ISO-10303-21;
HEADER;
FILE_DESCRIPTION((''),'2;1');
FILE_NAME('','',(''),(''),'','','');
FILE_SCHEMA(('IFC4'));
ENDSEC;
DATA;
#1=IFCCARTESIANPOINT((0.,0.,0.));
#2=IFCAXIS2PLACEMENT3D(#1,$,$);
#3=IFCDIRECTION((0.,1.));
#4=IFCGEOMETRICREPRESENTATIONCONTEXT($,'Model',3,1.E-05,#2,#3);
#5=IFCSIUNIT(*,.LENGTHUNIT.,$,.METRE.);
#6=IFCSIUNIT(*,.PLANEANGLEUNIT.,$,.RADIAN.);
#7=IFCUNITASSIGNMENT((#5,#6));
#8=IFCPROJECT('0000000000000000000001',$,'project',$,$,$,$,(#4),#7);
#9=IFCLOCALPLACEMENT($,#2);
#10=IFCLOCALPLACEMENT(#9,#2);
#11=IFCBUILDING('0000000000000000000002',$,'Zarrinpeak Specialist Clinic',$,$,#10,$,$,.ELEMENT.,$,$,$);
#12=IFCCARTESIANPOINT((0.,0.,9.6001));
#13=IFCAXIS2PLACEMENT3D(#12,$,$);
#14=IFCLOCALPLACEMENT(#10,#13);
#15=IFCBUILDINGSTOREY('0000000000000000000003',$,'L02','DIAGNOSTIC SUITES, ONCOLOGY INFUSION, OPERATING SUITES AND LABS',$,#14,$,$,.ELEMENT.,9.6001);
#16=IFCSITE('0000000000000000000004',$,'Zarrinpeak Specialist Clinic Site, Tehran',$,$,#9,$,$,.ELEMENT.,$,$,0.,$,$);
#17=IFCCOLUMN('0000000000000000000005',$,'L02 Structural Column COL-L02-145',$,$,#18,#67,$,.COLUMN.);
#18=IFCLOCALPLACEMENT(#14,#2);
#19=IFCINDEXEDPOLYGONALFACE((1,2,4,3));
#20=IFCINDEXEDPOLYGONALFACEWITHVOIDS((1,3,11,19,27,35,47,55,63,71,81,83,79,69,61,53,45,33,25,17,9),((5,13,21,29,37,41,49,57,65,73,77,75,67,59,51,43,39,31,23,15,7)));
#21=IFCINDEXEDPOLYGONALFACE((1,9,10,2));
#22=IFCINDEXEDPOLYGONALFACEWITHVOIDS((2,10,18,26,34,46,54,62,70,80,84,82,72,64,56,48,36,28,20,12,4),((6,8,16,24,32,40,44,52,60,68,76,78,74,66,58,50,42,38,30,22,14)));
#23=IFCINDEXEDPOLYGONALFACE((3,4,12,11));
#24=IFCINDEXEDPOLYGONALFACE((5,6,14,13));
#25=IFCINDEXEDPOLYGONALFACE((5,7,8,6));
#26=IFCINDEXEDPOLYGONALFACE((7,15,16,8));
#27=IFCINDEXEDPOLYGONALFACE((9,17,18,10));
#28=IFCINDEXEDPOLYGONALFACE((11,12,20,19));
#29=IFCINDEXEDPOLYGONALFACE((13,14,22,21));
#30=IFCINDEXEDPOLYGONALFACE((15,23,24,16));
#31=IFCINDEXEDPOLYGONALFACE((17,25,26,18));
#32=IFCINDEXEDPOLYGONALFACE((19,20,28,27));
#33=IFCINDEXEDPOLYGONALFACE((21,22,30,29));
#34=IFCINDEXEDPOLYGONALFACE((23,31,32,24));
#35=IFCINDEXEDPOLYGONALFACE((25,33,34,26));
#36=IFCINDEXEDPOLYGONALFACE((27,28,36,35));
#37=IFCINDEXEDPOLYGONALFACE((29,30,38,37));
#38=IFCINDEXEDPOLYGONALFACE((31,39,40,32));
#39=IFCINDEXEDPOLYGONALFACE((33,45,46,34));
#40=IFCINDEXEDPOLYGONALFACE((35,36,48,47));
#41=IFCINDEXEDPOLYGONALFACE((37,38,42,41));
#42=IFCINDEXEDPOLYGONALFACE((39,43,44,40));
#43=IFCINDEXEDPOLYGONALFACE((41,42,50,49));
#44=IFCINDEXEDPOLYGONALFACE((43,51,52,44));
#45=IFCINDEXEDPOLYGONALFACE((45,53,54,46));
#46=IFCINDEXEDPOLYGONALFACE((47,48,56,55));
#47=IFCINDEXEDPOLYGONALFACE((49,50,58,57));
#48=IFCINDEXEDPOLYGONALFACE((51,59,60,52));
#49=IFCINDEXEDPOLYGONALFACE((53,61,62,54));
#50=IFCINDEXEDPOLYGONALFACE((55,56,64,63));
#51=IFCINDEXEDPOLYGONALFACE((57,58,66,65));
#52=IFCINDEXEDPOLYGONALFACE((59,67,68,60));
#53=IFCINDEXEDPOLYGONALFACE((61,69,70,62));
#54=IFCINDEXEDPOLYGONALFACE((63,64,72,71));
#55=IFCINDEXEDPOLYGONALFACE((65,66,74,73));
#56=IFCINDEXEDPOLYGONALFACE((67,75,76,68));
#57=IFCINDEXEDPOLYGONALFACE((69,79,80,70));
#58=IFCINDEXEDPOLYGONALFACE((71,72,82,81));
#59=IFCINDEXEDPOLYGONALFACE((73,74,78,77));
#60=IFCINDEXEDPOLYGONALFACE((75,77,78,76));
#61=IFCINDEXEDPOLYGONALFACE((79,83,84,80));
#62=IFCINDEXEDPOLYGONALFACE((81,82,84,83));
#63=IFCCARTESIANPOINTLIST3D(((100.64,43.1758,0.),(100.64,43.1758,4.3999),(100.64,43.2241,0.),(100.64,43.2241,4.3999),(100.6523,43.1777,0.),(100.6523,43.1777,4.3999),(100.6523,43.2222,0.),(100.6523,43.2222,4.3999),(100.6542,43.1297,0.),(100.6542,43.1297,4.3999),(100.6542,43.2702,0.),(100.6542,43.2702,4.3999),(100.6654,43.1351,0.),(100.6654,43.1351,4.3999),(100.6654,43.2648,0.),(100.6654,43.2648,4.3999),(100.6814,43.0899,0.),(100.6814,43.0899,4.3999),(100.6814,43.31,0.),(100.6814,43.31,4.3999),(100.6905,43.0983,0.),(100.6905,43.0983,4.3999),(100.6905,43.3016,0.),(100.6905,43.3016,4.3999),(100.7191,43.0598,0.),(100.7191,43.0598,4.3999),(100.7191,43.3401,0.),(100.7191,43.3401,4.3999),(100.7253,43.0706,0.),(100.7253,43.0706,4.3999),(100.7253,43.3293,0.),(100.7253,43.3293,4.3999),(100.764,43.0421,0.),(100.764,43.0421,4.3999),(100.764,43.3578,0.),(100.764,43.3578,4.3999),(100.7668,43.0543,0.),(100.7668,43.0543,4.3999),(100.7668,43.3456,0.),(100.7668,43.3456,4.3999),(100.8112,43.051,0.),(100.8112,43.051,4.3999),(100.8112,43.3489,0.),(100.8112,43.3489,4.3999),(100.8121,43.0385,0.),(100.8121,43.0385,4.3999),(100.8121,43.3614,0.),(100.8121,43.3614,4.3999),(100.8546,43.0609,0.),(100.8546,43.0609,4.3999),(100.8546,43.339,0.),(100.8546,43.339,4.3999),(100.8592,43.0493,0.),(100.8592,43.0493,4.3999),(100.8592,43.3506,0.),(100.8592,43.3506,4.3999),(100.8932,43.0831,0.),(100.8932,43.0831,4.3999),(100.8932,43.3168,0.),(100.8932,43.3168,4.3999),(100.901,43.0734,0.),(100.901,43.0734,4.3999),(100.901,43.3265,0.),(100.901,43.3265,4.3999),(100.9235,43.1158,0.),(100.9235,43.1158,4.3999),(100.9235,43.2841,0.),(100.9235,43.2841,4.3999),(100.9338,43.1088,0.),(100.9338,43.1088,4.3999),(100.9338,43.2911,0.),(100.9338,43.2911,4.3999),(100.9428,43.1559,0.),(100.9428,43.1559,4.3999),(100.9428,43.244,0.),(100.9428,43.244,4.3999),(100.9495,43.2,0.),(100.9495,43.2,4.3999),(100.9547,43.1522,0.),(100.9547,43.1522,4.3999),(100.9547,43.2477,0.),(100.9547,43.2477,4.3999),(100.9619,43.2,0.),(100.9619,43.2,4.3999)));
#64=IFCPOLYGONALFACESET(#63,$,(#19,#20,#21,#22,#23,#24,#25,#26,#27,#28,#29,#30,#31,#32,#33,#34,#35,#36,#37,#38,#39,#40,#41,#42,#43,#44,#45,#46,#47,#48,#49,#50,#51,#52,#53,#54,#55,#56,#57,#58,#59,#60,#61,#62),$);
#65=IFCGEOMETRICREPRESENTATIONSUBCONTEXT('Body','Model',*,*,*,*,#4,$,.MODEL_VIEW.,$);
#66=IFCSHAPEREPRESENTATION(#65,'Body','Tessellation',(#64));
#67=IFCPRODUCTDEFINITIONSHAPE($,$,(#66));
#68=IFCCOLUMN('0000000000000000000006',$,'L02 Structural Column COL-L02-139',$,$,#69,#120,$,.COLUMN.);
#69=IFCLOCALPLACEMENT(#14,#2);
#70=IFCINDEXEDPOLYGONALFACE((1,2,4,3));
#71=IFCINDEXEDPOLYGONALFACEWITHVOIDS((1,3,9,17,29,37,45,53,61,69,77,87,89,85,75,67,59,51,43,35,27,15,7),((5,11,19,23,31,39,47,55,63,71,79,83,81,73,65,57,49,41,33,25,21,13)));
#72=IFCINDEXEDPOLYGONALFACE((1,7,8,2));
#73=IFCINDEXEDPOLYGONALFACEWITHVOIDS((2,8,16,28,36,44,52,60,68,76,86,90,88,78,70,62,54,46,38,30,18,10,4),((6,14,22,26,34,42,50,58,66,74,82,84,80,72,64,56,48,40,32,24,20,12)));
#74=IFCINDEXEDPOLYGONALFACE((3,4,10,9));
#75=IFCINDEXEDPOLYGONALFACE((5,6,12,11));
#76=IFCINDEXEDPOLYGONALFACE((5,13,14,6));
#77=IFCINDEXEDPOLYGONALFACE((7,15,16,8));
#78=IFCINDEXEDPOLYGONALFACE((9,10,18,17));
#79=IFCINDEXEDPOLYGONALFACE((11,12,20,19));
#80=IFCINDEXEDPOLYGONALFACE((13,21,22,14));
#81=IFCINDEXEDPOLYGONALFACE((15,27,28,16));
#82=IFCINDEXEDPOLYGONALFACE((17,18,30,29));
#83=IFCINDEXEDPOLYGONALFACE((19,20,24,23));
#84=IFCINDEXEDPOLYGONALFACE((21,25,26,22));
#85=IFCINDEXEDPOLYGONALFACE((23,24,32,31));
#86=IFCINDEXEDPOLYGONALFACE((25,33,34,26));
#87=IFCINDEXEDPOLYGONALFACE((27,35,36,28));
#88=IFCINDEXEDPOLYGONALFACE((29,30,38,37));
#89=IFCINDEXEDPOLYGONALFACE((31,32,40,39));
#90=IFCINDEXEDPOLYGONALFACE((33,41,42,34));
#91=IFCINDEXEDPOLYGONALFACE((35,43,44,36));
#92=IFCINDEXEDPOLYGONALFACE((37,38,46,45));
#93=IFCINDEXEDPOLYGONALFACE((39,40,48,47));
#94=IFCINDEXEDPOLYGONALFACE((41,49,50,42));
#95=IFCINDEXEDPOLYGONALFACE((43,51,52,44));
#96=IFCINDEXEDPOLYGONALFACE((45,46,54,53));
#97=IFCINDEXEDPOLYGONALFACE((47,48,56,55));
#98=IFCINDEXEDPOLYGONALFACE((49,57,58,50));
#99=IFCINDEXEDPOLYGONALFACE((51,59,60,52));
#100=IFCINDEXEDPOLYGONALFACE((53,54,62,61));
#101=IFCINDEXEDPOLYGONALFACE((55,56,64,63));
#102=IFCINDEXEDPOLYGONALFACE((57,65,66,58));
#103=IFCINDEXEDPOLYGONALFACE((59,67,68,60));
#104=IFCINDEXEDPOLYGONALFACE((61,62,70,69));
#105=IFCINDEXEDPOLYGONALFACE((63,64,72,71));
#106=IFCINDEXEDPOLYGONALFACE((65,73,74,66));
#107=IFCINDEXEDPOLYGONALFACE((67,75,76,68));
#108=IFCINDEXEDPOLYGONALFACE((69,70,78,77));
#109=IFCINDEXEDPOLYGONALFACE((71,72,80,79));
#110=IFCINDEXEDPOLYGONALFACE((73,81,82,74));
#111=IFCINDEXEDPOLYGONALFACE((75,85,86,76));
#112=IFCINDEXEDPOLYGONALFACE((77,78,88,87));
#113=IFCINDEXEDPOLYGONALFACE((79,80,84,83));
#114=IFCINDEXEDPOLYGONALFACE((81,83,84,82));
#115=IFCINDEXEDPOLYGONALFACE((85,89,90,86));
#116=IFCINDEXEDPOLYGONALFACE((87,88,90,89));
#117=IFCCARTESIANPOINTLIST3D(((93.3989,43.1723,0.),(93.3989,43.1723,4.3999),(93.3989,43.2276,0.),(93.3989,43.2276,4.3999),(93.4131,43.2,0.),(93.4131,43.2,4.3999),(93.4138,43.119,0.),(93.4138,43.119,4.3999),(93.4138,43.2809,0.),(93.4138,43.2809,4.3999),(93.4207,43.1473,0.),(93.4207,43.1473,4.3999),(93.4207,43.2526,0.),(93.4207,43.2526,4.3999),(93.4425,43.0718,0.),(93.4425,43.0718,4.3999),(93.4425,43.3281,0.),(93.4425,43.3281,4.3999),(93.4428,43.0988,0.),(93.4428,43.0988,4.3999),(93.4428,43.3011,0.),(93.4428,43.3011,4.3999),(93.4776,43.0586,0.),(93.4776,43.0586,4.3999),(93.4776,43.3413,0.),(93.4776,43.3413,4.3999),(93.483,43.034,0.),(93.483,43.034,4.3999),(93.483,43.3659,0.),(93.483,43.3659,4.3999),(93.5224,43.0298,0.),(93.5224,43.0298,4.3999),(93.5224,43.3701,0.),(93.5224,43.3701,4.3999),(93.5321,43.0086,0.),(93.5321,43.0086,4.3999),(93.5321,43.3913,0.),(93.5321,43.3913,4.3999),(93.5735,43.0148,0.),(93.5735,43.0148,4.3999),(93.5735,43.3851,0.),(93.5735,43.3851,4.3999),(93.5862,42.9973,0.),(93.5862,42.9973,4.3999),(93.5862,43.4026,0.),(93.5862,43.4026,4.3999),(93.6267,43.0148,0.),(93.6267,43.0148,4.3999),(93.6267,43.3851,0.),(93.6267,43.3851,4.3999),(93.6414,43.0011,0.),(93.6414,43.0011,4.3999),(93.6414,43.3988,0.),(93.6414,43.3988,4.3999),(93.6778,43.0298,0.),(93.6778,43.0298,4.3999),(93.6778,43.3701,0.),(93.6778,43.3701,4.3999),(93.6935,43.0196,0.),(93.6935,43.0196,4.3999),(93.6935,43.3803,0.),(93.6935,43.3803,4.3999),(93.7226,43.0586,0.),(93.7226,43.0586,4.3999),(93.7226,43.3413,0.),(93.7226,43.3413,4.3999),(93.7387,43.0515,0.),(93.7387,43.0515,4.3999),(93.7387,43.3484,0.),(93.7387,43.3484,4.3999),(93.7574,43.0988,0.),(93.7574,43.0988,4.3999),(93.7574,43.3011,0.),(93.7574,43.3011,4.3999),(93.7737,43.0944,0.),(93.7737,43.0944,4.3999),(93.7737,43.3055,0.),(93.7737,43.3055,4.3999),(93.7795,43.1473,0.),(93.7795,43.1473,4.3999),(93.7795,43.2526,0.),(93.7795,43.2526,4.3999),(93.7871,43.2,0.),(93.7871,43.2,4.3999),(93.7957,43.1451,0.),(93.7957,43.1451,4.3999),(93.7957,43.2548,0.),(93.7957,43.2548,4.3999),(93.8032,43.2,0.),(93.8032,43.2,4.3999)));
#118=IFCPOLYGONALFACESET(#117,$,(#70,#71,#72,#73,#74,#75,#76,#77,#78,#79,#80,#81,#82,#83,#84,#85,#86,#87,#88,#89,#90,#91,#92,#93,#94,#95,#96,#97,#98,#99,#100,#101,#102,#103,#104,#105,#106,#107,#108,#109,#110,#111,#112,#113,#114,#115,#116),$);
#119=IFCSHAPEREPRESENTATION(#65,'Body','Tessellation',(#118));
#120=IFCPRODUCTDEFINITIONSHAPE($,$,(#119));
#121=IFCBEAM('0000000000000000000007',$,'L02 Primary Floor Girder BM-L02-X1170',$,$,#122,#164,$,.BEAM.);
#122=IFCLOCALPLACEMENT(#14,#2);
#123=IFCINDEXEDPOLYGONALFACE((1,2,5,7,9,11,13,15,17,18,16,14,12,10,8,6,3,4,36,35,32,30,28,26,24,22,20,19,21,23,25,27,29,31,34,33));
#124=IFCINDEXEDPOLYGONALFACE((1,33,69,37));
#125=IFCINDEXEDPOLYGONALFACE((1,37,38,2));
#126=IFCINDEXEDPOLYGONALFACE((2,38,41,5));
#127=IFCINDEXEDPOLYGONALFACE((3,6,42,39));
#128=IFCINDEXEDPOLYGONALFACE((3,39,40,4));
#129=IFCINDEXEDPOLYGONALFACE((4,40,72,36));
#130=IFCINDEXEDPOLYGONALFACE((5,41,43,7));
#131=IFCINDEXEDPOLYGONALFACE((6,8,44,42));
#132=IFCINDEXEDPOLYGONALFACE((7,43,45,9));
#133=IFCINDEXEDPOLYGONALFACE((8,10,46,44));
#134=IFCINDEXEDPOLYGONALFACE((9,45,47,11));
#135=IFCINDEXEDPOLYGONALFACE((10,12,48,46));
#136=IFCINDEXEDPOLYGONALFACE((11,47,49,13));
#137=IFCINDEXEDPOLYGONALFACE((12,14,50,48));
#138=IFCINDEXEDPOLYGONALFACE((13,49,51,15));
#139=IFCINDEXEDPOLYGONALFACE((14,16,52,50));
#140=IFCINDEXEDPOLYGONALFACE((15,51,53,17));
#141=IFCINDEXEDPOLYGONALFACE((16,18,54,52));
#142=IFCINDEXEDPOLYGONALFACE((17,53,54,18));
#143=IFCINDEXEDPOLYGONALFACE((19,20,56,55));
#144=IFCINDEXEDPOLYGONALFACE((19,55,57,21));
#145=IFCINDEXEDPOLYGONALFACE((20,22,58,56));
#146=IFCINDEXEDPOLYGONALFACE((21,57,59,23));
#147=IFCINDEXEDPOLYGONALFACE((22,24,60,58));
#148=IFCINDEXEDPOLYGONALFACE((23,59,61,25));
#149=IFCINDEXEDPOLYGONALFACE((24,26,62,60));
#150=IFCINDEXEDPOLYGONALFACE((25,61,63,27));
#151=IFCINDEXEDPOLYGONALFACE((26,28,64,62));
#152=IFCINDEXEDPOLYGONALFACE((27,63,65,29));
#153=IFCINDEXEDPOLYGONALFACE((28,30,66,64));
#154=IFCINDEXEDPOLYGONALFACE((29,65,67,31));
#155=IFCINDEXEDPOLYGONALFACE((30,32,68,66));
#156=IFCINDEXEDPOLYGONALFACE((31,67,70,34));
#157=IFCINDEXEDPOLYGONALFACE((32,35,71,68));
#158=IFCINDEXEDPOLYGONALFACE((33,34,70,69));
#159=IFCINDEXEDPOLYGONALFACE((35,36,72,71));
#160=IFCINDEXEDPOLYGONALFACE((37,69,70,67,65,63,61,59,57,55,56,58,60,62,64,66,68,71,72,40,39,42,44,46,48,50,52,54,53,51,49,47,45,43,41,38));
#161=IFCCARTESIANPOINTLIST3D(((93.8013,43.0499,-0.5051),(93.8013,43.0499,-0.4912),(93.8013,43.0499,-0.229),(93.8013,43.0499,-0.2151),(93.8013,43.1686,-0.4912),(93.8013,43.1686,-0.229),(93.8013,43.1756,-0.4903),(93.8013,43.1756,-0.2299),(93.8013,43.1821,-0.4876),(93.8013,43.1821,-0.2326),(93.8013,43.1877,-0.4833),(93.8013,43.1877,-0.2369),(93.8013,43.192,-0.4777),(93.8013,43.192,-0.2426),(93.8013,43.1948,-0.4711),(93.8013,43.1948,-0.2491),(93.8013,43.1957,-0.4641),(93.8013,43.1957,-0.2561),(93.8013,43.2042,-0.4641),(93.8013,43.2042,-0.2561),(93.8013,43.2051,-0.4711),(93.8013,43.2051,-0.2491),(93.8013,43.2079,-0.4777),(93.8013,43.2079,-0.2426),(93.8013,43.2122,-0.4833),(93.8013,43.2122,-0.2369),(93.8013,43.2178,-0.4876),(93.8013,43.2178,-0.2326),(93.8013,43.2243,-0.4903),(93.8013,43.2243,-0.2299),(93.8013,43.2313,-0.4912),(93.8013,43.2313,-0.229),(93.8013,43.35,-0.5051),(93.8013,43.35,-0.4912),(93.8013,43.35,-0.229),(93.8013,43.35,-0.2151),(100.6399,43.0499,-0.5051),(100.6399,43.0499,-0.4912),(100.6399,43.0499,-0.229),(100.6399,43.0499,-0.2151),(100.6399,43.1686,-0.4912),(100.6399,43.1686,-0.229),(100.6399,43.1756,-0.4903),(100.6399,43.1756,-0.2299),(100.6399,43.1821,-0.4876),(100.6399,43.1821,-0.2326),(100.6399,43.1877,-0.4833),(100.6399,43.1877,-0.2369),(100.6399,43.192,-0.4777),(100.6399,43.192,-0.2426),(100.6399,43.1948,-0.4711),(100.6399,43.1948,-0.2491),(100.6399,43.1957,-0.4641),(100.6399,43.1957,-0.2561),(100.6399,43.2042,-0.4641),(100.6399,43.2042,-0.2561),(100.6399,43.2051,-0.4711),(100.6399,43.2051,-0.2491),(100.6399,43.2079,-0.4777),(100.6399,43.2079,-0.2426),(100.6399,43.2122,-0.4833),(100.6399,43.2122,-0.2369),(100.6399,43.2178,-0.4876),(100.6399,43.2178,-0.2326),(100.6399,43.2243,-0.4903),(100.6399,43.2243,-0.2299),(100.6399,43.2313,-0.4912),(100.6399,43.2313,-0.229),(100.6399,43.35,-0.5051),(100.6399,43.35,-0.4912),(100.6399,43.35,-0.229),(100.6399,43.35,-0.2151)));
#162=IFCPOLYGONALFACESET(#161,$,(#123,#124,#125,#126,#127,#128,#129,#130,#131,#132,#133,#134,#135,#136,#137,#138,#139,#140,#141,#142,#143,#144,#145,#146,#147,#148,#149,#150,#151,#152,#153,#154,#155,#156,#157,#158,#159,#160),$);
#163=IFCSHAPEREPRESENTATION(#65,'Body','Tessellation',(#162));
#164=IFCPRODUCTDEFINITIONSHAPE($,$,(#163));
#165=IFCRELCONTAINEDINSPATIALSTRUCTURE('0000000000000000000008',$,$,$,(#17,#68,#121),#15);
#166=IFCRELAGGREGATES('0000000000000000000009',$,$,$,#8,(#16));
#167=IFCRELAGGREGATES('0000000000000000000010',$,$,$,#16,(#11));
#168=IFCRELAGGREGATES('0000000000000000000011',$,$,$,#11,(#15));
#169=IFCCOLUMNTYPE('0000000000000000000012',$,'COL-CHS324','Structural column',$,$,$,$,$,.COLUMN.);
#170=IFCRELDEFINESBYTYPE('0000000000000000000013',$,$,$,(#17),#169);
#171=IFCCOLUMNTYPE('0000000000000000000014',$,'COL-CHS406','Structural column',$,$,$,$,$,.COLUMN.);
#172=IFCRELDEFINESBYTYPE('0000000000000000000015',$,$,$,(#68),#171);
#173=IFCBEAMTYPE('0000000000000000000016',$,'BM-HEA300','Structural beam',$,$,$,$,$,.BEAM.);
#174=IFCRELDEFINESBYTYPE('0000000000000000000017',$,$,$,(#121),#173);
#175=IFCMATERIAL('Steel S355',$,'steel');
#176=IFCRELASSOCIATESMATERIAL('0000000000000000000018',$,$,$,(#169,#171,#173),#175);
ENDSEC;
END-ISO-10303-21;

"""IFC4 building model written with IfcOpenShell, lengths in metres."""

from ifc_helpers import new_model, si_unit, direction, frame, origin, origin_2d, place, context, subcontext, project, spatial, hollow_circle, i_section, extrude, material, material_profile, profile_set, type_object, element, save


model = new_model("IFC4")

# Units and contexts
model_context = context("Model", 3, precision=1e-05, world=origin(), true_north=direction((0.0, 1.0)))
body_context = subcontext(model_context, "Body", "Model", "MODEL_VIEW")
ifc_project = project(units=[si_unit("LENGTHUNIT", "METRE"), si_unit("PLANEANGLEUNIT", "RADIAN")], contexts=[model_context])

# Site, building, storey
site_placement = place(None, origin())
site = spatial("IfcSite", under=ifc_project, at=site_placement, Name="Zarrinpeak Specialist Clinic Site, Tehran", CompositionType="ELEMENT", RefElevation=0.0)
building_placement = place(site_placement, origin())
building = spatial("IfcBuilding", under=site, at=building_placement, Name="Zarrinpeak Specialist Clinic", CompositionType="ELEMENT")
storey_placement = place(building_placement, frame((0.0, 0.0, 9.6001)))
storey = spatial("IfcBuildingStorey", under=building, at=storey_placement, Name="L02", Description="DIAGNOSTIC SUITES, ONCOLOGY INFUSION, OPERATING SUITES AND LABS", CompositionType="ELEMENT", Elevation=9.6001)

# Columns
ifc_material_1 = material(Name="Steel S355", Category="steel")
ifc_material_profile_1 = material_profile(ifc_material_1, hollow_circle(Radius=0.1619, WallThickness=0.0125, at=origin_2d()), Name="CHS 323.9x12.5")
ifc_profile_set_1 = profile_set([ifc_material_profile_1], Name="Steel S355")
column_type_1 = type_object("IfcColumnType", Name="COL-CHS324", Description="Structural column", PredefinedType="COLUMN", material=ifc_profile_set_1)
column_1_placement = place(storey_placement, frame((100.8, 43.2, 0.0), z_axis=(0.0, 0.0, 1.0), x_axis=(1.0, 0.0, 0.0)))
element("IfcColumn", 1, at=column_1_placement, inside=storey, type_object=column_type_1, Name="L02 Structural Column COL-L02-145", PredefinedType="COLUMN", context=body_context, shape_type="SweptSolid", body=[
    extrude(hollow_circle(Radius=0.1619, WallThickness=0.0125, at=origin_2d()), origin(), (0.0, 0.0, 1.0), 4.3999),
])
ifc_material_profile_2 = material_profile(ifc_material_1, hollow_circle(Radius=0.2031, WallThickness=0.0161, at=origin_2d()), Name="CHS 406.4x16.0")
ifc_profile_set_2 = profile_set([ifc_material_profile_2], Name="Steel S355")
column_type_2 = type_object("IfcColumnType", Name="COL-CHS406", Description="Structural column", PredefinedType="COLUMN", material=ifc_profile_set_2)
column_2_placement = place(storey_placement, frame((93.6001, 43.2, 0.0), z_axis=(0.0, 0.0, 1.0), x_axis=(1.0, 0.0, 0.0)))
element("IfcColumn", 2, at=column_2_placement, inside=storey, type_object=column_type_2, Name="L02 Structural Column COL-L02-139", PredefinedType="COLUMN", context=body_context, shape_type="SweptSolid", body=[
    extrude(hollow_circle(Radius=0.2031, WallThickness=0.0161, at=origin_2d()), origin(), (0.0, 0.0, 1.0), 4.3999),
])

# Beam
ifc_material_profile_3 = material_profile(ifc_material_1, i_section(OverallWidth=0.3, OverallDepth=0.29, WebThickness=0.0085, FlangeThickness=0.0139, FilletRadius=0.0271, at=origin_2d()), Name="HEA 300")
ifc_profile_set_3 = profile_set([ifc_material_profile_3], Name="Steel S355")
beam_type_1 = type_object("IfcBeamType", Name="BM-HEA300", Description="Structural beam", PredefinedType="BEAM", material=ifc_profile_set_3)
beam_1_placement = place(storey_placement, frame((93.8013, 43.2, -0.3601), z_axis=(1.0, 0.0, 0.0), x_axis=(0.0, 1.0, 0.0)))
element("IfcBeam", 3, at=beam_1_placement, inside=storey, type_object=beam_type_1, Name="L02 Primary Floor Girder BM-L02-X1170", PredefinedType="BEAM", context=body_context, shape_type="SweptSolid", body=[
    extrude(i_section(OverallWidth=0.3, OverallDepth=0.29, WebThickness=0.0085, FlangeThickness=0.0139, FilletRadius=0.0271, at=origin_2d()), origin(), (0.0, 0.0, 1.0), 6.8386),
])

save(model, "model.ifc")
